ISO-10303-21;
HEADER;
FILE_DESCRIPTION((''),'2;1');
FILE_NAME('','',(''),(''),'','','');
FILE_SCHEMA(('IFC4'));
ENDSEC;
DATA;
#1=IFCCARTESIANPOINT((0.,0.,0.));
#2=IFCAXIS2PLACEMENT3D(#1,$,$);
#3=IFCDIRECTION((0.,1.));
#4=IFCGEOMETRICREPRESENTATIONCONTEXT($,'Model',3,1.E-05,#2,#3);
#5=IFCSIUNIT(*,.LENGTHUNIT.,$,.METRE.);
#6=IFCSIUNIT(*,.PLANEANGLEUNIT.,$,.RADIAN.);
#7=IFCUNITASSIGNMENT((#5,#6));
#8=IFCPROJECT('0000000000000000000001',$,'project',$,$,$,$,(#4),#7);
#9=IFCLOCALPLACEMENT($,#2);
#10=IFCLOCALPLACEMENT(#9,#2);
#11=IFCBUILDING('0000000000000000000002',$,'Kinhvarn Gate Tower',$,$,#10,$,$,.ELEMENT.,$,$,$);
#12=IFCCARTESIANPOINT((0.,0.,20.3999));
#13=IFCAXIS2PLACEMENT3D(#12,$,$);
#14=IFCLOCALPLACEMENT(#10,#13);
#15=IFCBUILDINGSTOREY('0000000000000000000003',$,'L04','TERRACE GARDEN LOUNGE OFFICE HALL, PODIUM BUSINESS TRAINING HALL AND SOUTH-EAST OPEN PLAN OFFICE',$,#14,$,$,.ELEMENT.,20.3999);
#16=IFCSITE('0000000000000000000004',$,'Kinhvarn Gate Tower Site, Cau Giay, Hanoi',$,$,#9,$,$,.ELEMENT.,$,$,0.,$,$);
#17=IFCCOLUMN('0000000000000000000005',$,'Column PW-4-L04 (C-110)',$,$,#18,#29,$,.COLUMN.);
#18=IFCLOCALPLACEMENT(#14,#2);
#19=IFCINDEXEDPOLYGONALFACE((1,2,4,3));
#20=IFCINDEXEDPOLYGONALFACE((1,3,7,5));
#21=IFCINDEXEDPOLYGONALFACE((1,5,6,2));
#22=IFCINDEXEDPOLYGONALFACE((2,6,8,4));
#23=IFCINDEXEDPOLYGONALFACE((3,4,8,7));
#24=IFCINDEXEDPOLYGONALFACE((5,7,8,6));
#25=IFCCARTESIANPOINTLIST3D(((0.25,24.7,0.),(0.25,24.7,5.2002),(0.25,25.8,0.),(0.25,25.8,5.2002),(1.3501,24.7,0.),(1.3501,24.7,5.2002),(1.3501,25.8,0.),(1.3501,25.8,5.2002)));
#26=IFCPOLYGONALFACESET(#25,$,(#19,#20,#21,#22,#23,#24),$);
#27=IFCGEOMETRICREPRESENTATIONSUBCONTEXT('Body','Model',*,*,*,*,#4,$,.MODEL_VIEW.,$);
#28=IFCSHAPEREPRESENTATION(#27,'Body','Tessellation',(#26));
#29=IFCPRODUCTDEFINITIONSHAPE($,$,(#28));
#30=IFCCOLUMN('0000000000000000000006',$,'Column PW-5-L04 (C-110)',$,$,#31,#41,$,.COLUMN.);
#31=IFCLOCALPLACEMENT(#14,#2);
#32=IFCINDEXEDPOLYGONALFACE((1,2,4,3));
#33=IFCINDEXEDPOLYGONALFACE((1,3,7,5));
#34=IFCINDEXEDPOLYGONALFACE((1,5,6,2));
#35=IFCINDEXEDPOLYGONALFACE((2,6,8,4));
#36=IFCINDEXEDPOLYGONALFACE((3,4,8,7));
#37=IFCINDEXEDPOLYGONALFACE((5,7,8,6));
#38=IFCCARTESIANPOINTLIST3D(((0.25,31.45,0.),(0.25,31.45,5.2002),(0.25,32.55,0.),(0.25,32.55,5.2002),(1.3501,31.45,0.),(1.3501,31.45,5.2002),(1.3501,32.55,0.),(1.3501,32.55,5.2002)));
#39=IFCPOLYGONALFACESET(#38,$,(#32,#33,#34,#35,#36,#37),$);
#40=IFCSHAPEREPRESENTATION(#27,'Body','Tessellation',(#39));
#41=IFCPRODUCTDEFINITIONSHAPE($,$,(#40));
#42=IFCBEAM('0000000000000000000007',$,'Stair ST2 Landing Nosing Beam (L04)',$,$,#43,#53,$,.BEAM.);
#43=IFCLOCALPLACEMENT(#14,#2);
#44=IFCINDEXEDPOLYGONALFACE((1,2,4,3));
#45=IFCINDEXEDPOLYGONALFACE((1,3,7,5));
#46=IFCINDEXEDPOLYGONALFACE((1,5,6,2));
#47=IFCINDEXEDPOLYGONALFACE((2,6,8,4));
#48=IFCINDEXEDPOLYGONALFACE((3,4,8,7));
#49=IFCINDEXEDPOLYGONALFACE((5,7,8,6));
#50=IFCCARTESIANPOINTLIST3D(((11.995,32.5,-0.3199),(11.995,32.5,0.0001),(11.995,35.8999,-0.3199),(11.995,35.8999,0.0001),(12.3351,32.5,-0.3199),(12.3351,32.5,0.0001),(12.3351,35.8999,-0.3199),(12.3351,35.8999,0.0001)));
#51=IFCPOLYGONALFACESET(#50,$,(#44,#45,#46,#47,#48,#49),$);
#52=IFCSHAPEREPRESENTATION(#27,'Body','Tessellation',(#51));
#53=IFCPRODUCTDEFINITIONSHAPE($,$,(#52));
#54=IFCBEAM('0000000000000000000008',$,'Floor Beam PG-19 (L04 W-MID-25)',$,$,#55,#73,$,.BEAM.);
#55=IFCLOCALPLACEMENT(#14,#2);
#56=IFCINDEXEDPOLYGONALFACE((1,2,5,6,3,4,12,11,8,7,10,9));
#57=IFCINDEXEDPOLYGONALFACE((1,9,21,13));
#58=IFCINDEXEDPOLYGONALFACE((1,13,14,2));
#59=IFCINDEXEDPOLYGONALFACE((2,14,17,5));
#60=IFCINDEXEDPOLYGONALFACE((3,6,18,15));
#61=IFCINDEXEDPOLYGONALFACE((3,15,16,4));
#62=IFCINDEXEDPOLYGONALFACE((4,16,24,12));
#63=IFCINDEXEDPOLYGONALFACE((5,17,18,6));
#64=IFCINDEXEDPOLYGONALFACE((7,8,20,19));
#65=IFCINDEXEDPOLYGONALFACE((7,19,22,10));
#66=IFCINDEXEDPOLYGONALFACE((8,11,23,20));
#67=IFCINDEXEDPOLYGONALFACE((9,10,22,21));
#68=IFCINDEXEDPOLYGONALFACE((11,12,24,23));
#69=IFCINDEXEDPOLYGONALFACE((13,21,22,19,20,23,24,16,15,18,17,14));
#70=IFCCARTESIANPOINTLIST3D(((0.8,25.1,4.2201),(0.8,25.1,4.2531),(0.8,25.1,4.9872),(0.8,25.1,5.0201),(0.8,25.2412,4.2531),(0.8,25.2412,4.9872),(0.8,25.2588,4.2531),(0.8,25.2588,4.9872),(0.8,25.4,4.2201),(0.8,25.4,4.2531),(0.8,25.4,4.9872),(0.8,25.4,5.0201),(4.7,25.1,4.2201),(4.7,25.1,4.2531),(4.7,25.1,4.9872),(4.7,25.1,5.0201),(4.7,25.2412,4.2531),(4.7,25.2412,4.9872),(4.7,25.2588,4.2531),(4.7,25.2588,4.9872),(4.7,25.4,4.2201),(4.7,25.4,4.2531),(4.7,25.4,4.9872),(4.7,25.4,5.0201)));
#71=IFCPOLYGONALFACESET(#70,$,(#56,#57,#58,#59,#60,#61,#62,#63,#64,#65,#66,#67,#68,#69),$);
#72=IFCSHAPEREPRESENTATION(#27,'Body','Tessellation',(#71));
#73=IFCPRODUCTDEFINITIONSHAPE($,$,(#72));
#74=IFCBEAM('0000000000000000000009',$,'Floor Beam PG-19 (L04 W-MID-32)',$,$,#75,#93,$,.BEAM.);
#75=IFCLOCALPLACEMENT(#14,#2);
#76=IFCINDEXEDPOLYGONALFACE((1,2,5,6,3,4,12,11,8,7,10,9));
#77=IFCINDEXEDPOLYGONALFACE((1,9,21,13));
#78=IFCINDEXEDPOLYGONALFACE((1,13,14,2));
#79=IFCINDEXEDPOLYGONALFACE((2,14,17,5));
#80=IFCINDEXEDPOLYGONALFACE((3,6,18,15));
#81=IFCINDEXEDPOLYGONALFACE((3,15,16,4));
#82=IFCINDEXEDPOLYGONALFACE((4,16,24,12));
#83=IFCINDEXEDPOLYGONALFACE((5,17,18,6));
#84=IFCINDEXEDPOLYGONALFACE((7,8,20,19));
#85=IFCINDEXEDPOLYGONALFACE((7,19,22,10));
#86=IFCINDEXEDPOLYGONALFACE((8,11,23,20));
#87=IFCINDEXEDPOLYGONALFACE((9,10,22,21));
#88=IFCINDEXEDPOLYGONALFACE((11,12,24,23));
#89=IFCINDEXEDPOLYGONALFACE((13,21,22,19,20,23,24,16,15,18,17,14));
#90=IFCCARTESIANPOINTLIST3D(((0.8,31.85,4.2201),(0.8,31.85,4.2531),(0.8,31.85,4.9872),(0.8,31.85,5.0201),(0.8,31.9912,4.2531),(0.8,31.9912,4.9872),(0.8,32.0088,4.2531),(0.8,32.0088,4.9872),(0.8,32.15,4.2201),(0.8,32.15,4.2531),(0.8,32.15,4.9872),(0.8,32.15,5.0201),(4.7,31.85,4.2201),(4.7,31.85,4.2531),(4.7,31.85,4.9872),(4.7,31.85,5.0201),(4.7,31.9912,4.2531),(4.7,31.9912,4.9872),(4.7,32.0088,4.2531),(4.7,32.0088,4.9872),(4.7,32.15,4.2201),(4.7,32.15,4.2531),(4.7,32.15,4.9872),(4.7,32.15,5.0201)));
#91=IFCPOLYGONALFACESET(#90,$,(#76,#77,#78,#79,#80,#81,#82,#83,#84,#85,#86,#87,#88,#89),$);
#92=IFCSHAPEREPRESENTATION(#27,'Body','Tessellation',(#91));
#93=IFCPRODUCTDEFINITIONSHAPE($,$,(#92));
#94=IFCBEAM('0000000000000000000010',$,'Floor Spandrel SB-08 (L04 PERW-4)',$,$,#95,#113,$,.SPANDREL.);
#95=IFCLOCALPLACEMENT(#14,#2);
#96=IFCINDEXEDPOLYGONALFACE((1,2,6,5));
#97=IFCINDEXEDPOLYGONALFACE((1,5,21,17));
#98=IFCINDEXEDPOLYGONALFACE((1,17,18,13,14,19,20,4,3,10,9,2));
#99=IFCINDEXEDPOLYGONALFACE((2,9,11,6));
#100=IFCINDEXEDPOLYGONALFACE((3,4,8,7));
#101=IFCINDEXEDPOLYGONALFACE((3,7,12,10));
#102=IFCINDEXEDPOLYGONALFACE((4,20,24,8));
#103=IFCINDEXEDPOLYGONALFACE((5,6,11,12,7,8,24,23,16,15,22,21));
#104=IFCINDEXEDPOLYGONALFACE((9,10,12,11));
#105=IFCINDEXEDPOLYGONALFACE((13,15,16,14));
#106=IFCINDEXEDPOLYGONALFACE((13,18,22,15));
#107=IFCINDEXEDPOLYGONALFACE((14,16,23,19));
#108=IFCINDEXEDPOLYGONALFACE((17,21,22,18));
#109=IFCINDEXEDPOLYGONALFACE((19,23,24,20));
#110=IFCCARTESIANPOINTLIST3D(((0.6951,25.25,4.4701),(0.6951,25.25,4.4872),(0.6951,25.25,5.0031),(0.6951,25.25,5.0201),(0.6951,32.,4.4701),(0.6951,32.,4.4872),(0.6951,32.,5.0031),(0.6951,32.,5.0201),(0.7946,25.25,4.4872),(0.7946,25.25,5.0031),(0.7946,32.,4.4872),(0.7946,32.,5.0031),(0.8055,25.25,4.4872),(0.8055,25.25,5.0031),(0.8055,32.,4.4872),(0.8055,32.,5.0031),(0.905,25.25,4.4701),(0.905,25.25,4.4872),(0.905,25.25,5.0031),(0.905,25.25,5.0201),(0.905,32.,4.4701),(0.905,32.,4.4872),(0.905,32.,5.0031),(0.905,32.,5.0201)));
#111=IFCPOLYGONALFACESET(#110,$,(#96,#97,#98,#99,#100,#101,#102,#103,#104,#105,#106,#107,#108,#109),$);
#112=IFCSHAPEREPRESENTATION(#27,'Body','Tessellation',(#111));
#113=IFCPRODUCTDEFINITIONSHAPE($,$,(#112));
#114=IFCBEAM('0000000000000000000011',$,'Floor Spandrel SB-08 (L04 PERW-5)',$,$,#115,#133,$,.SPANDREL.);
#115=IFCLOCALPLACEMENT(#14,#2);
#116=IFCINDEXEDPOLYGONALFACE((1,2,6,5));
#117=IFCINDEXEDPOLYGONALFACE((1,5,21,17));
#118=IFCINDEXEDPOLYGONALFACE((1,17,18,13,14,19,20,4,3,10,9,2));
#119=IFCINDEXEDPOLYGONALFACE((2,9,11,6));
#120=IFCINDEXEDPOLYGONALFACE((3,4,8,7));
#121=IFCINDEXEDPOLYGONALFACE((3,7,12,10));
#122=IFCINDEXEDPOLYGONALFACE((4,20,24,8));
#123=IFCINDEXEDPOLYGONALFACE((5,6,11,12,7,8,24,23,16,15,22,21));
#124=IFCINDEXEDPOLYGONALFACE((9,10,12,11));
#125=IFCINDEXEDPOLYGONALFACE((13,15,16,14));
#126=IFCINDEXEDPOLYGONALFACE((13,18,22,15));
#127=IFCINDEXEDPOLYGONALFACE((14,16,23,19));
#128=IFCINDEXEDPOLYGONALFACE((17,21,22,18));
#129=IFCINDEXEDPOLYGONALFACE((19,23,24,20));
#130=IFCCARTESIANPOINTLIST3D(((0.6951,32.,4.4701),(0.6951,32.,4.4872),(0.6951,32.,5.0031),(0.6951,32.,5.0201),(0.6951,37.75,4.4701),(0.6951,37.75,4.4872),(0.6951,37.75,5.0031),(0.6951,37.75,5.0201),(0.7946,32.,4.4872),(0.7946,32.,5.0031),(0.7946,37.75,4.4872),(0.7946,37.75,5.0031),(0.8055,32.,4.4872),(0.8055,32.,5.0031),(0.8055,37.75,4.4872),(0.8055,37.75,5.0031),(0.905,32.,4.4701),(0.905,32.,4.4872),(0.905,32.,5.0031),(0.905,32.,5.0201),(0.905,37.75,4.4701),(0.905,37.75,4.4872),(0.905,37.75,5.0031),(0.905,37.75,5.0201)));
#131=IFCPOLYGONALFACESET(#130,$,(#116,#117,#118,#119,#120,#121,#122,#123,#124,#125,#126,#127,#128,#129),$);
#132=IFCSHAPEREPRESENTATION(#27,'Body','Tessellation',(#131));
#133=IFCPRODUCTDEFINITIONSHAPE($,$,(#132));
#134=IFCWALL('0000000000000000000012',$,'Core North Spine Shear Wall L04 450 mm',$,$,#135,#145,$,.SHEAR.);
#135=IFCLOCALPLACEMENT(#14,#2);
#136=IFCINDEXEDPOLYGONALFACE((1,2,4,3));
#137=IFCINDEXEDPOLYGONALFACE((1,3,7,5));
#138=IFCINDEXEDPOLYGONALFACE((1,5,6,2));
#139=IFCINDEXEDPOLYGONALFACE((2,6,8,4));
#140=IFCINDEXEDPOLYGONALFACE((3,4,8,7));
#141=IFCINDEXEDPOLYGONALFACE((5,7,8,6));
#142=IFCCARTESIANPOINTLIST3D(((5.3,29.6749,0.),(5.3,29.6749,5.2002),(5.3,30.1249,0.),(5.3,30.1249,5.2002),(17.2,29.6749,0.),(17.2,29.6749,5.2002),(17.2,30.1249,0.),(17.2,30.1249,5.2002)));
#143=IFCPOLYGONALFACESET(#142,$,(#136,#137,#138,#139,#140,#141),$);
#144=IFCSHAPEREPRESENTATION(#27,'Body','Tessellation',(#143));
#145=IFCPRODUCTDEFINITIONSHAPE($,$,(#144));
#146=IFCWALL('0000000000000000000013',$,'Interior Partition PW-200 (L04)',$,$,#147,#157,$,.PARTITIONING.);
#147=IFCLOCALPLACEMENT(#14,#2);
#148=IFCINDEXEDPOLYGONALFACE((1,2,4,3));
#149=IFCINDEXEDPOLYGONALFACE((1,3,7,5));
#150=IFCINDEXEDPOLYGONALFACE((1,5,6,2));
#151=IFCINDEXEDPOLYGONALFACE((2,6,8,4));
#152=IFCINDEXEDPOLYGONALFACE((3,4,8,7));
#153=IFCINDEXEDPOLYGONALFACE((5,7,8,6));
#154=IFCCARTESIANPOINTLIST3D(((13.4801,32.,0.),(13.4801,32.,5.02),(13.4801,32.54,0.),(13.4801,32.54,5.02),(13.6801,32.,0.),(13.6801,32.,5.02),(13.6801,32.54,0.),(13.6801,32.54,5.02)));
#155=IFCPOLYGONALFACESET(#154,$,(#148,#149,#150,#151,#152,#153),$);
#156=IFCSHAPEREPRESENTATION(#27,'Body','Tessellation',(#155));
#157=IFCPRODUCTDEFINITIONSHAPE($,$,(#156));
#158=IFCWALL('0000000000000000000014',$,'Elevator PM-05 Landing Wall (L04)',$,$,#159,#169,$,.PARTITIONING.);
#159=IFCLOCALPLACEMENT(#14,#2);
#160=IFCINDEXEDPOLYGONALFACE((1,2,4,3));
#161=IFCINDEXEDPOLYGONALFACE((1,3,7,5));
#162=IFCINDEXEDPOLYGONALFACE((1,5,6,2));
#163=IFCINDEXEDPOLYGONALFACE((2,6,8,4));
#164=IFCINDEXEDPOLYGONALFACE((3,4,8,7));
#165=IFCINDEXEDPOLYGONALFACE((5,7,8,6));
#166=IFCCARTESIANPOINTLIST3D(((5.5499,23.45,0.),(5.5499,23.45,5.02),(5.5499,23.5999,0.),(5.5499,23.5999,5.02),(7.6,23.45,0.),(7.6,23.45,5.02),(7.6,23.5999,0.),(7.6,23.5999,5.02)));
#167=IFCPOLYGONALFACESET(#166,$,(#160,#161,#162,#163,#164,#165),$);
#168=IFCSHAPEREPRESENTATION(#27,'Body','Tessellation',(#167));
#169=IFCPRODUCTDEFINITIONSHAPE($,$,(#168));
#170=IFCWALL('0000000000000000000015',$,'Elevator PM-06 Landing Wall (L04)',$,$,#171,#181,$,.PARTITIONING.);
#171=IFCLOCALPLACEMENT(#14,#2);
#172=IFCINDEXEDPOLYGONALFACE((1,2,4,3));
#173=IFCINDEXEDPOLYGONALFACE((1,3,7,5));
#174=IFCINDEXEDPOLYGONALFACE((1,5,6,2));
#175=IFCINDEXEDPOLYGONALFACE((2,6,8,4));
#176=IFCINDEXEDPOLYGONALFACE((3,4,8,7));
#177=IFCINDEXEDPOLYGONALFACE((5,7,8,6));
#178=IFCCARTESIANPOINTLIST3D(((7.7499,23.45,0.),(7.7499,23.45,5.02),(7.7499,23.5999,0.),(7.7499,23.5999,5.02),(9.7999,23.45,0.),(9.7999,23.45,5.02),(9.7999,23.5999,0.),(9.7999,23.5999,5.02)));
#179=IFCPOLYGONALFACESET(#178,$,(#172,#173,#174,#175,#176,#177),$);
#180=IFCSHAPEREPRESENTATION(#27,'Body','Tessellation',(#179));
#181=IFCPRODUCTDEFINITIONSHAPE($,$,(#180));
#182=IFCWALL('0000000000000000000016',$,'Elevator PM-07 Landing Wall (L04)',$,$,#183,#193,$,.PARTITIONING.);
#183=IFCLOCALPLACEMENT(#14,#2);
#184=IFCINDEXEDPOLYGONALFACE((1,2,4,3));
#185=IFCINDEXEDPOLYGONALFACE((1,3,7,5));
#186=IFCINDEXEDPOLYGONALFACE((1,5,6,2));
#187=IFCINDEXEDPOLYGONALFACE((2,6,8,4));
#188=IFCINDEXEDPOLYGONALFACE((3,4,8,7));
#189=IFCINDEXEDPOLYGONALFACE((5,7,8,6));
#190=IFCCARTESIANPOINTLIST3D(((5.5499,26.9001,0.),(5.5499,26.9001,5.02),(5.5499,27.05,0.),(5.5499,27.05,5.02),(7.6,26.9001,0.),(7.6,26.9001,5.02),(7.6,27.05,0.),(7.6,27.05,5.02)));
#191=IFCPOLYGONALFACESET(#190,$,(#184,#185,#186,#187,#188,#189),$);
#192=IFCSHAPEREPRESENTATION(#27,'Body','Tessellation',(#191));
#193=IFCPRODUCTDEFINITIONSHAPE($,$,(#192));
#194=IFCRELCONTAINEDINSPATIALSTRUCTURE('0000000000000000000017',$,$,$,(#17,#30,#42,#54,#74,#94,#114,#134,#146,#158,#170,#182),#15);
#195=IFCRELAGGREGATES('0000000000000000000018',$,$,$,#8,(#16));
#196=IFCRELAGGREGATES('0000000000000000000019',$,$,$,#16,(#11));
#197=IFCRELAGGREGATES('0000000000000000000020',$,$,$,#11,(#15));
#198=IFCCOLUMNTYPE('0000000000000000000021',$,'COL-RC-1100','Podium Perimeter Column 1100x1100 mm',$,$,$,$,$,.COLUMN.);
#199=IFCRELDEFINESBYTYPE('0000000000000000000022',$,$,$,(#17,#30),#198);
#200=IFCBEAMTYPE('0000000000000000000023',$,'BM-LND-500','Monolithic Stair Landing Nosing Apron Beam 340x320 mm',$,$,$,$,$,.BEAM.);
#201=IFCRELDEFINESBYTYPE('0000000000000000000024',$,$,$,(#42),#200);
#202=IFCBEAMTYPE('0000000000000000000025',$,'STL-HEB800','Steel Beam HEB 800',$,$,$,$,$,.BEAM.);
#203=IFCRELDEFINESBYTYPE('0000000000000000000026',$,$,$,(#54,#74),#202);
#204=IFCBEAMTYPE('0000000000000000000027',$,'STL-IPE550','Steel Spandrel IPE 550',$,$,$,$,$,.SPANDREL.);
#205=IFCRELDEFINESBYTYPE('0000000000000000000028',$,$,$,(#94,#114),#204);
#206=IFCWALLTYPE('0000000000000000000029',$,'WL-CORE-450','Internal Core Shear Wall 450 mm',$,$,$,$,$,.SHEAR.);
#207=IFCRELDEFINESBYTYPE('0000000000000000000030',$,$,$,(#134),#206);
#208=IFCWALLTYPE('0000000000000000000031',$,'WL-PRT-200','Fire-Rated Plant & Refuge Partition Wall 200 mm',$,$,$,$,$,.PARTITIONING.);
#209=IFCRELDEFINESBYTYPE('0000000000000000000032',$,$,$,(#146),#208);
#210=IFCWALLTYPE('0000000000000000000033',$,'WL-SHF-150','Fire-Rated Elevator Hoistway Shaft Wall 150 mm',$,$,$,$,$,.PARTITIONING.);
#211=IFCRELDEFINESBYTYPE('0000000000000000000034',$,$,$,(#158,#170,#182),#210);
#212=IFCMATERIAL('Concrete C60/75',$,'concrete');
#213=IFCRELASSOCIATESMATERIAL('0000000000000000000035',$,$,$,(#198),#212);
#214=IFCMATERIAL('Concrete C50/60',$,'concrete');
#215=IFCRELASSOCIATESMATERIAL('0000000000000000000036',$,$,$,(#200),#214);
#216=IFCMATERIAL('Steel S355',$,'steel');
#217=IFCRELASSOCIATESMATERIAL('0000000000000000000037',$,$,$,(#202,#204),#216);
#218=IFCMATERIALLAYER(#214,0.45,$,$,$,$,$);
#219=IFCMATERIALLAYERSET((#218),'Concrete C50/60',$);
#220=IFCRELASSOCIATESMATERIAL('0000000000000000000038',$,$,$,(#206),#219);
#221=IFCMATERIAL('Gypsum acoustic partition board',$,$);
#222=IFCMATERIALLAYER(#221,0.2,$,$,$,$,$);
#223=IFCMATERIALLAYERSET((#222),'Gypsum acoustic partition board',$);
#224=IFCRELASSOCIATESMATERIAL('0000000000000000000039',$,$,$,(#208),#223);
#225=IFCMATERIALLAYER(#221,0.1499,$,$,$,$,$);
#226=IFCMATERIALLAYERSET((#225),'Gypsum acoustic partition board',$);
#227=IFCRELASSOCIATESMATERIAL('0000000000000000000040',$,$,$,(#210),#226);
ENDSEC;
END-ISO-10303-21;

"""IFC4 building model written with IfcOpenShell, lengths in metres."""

from ifc_helpers import new_model, si_unit, direction, frame, frame_2d, origin, origin_2d, place, context, subcontext, project, spatial, rectangle, i_section, extrude, material, layer, layer_set, material_profile, profile_set, type_object, element, save


model = new_model("IFC4")

# Units and contexts
model_context = context("Model", 3, precision=1e-05, world=origin(), true_north=direction((0.0, 1.0)))
body_context = subcontext(model_context, "Body", "Model", "MODEL_VIEW")
ifc_project = project(units=[si_unit("LENGTHUNIT", "METRE"), si_unit("PLANEANGLEUNIT", "RADIAN")], contexts=[model_context])

# Site, building, storey
site_placement = place(None, origin())
site = spatial("IfcSite", under=ifc_project, at=site_placement, Name="Kinhvarn Gate Tower Site, Cau Giay, Hanoi", CompositionType="ELEMENT", RefElevation=0.0)
building_placement = place(site_placement, origin())
building = spatial("IfcBuilding", under=site, at=building_placement, Name="Kinhvarn Gate Tower", CompositionType="ELEMENT")
storey_placement = place(building_placement, frame((0.0, 0.0, 20.3999)))
storey = spatial("IfcBuildingStorey", under=building, at=storey_placement, Name="L04", Description="TERRACE GARDEN LOUNGE OFFICE HALL, PODIUM BUSINESS TRAINING HALL AND SOUTH-EAST OPEN PLAN OFFICE", CompositionType="ELEMENT", Elevation=20.3999)

# Columns
ifc_material_1 = material(Name="Concrete C60/75", Category="concrete")
ifc_material_profile_1 = material_profile(ifc_material_1, rectangle(XDim=1.1001, YDim=1.1001, at=origin_2d()), Name="RC 1100x1100")
ifc_profile_set_1 = profile_set([ifc_material_profile_1], Name="Concrete C60/75")
column_type = type_object("IfcColumnType", Name="COL-RC-1100", Description="Podium Perimeter Column 1100x1100 mm", PredefinedType="COLUMN", material=ifc_profile_set_1)
for number, where, z_axis, x_axis, name in (
    (1, (0.8, 25.25, 0.0), (0.0, 0.0, 1.0), (1.0, 0.0, 0.0), "Column PW-4-L04 (C-110)"),
    (2, (0.8, 32.0, 0.0), (0.0, 0.0, 1.0), (1.0, 0.0, 0.0), "Column PW-5-L04 (C-110)"),
):
    element("IfcColumn", number, at=place(storey_placement, frame(where, z_axis=z_axis, x_axis=x_axis)), inside=storey, type_object=column_type, Name=name, PredefinedType="COLUMN", context=body_context, shape_type="SweptSolid", body=[
        extrude(rectangle(XDim=1.1001, YDim=1.1001, at=origin_2d()), origin(), (0.0, 0.0, 1.0), 5.2002),
    ])

# Beams
ifc_material_2 = material(Name="Concrete C50/60", Category="concrete")
ifc_material_profile_2 = material_profile(ifc_material_2, rectangle(XDim=0.3401, YDim=0.3201, at=origin_2d()), Name="RC 340x320")
ifc_profile_set_2 = profile_set([ifc_material_profile_2], Name="Concrete C50/60")
beam_type_1 = type_object("IfcBeamType", Name="BM-LND-500", Description="Monolithic Stair Landing Nosing Apron Beam 340x320 mm", PredefinedType="BEAM", material=ifc_profile_set_2)
beam_1_placement = place(storey_placement, frame((12.165, 32.5, -0.1599), z_axis=(0.0, 1.0, 0.0), x_axis=(-1.0, 0.0, 0.0)))
element("IfcBeam", 3, at=beam_1_placement, inside=storey, type_object=beam_type_1, Name="Stair ST2 Landing Nosing Beam (L04)", PredefinedType="BEAM", context=body_context, shape_type="SweptSolid", body=[
    extrude(rectangle(XDim=0.3401, YDim=0.3201, at=origin_2d()), origin(), (0.0, 0.0, 1.0), 3.3999),
])
ifc_material_3 = material(Name="Steel S355", Category="steel")
ifc_material_profile_3 = material_profile(ifc_material_3, i_section(OverallWidth=0.3, OverallDepth=0.8, WebThickness=0.0176, FlangeThickness=0.033, at=origin_2d()), Name="HEB 800")
ifc_profile_set_3 = profile_set([ifc_material_profile_3], Name="Steel S355")
beam_type_2 = type_object("IfcBeamType", Name="STL-HEB800", Description="Steel Beam HEB 800", PredefinedType="BEAM", material=ifc_profile_set_3)
for number, where, z_axis, x_axis, name in (
    (4, (0.8, 25.25, 4.6201), (1.0, 0.0, 0.0), (0.0, 1.0, 0.0), "Floor Beam PG-19 (L04 W-MID-25)"),
    (5, (0.8, 32.0, 4.6201), (1.0, 0.0, 0.0), (0.0, 1.0, 0.0), "Floor Beam PG-19 (L04 W-MID-32)"),
):
    element("IfcBeam", number, at=place(storey_placement, frame(where, z_axis=z_axis, x_axis=x_axis)), inside=storey, type_object=beam_type_2, Name=name, PredefinedType="BEAM", context=body_context, shape_type="SweptSolid", body=[
        extrude(i_section(OverallWidth=0.3, OverallDepth=0.8, WebThickness=0.0176, FlangeThickness=0.033, at=origin_2d()), origin(), (0.0, 0.0, 1.0), 3.8999),
    ])
ifc_material_profile_4 = material_profile(ifc_material_3, i_section(OverallWidth=0.21, OverallDepth=0.55, WebThickness=0.011, FlangeThickness=0.0171, at=origin_2d()), Name="IPE 550")
ifc_profile_set_4 = profile_set([ifc_material_profile_4], Name="Steel S355")
beam_type_3 = type_object("IfcBeamType", Name="STL-IPE550", Description="Steel Spandrel IPE 550", PredefinedType="SPANDREL", material=ifc_profile_set_4)
beam_2_placement = place(storey_placement, frame((0.8, 25.25, 4.7451), z_axis=(0.0, 1.0, 0.0), x_axis=(-1.0, 0.0, 0.0)))
element("IfcBeam", 6, at=beam_2_placement, inside=storey, type_object=beam_type_3, Name="Floor Spandrel SB-08 (L04 PERW-4)", PredefinedType="SPANDREL", context=body_context, shape_type="SweptSolid", body=[
    extrude(i_section(OverallWidth=0.21, OverallDepth=0.55, WebThickness=0.011, FlangeThickness=0.0171, at=origin_2d()), origin(), (0.0, 0.0, 1.0), 6.75),
])
beam_3_placement = place(storey_placement, frame((0.8, 32.0, 4.7451), z_axis=(0.0, 1.0, 0.0), x_axis=(-1.0, 0.0, 0.0)))
element("IfcBeam", 7, at=beam_3_placement, inside=storey, type_object=beam_type_3, Name="Floor Spandrel SB-08 (L04 PERW-5)", PredefinedType="SPANDREL", context=body_context, shape_type="SweptSolid", body=[
    extrude(i_section(OverallWidth=0.21, OverallDepth=0.55, WebThickness=0.011, FlangeThickness=0.0171, at=origin_2d()), origin(), (0.0, 0.0, 1.0), 5.75),
])

# Walls
ifc_layer_1 = layer(ifc_material_2, 0.45)
ifc_layer_set_1 = layer_set([ifc_layer_1], Name="Concrete C50/60")
wall_type_1 = type_object("IfcWallType", Name="WL-CORE-450", Description="Internal Core Shear Wall 450 mm", PredefinedType="SHEAR", material=ifc_layer_set_1)
wall_1_placement = place(storey_placement, frame((5.3, 29.8999, 0.0), z_axis=(0.0, 0.0, 1.0), x_axis=(1.0, 0.0, 0.0)))
element("IfcWall", 8, at=wall_1_placement, inside=storey, type_object=wall_type_1, Name="Core North Spine Shear Wall L04 450 mm", PredefinedType="SHEAR", context=body_context, shape_type="SweptSolid", body=[
    extrude(rectangle(XDim=11.8999, YDim=0.45, at=frame_2d((5.95, 0.0))), origin(), (0.0, 0.0, 1.0), 5.2002),
])
ifc_material_4 = material(Name="Gypsum acoustic partition board")
ifc_layer_2 = layer(ifc_material_4, 0.2)
ifc_layer_set_2 = layer_set([ifc_layer_2], Name="Gypsum acoustic partition board")
wall_type_2 = type_object("IfcWallType", Name="WL-PRT-200", Description="Fire-Rated Plant & Refuge Partition Wall 200 mm", PredefinedType="PARTITIONING", material=ifc_layer_set_2)
wall_2_placement = place(storey_placement, frame((13.5801, 32.0, 0.0), z_axis=(0.0, 0.0, 1.0), x_axis=(0.0, 1.0, 0.0)))
element("IfcWall", 9, at=wall_2_placement, inside=storey, type_object=wall_type_2, Name="Interior Partition PW-200 (L04)", PredefinedType="PARTITIONING", context=body_context, shape_type="SweptSolid", body=[
    extrude(rectangle(XDim=0.54, YDim=0.2, at=frame_2d((0.27, 0.0))), origin(), (0.0, 0.0, 1.0), 5.02),
])
ifc_layer_3 = layer(ifc_material_4, 0.1499)
ifc_layer_set_3 = layer_set([ifc_layer_3], Name="Gypsum acoustic partition board")
wall_type_3 = type_object("IfcWallType", Name="WL-SHF-150", Description="Fire-Rated Elevator Hoistway Shaft Wall 150 mm", PredefinedType="PARTITIONING", material=ifc_layer_set_3)
for number, where, z_axis, x_axis, name in (
    (10, (5.55, 23.5249, 0.0), (0.0, 0.0, 1.0), (1.0, 0.0, 0.0), "Elevator PM-05 Landing Wall (L04)"),
    (11, (7.75, 23.5249, 0.0), (0.0, 0.0, 1.0), (1.0, 0.0, 0.0), "Elevator PM-06 Landing Wall (L04)"),
    (12, (5.55, 26.9751, 0.0), (0.0, 0.0, 1.0), (1.0, 0.0, 0.0), "Elevator PM-07 Landing Wall (L04)"),
):
    element("IfcWall", number, at=place(storey_placement, frame(where, z_axis=z_axis, x_axis=x_axis)), inside=storey, type_object=wall_type_3, Name=name, PredefinedType="PARTITIONING", context=body_context, shape_type="SweptSolid", body=[
        extrude(rectangle(XDim=2.05, YDim=0.1499, at=frame_2d((1.0249, 0.0))), origin(), (0.0, 0.0, 1.0), 5.02),
    ])

save(model, "model.ifc")
